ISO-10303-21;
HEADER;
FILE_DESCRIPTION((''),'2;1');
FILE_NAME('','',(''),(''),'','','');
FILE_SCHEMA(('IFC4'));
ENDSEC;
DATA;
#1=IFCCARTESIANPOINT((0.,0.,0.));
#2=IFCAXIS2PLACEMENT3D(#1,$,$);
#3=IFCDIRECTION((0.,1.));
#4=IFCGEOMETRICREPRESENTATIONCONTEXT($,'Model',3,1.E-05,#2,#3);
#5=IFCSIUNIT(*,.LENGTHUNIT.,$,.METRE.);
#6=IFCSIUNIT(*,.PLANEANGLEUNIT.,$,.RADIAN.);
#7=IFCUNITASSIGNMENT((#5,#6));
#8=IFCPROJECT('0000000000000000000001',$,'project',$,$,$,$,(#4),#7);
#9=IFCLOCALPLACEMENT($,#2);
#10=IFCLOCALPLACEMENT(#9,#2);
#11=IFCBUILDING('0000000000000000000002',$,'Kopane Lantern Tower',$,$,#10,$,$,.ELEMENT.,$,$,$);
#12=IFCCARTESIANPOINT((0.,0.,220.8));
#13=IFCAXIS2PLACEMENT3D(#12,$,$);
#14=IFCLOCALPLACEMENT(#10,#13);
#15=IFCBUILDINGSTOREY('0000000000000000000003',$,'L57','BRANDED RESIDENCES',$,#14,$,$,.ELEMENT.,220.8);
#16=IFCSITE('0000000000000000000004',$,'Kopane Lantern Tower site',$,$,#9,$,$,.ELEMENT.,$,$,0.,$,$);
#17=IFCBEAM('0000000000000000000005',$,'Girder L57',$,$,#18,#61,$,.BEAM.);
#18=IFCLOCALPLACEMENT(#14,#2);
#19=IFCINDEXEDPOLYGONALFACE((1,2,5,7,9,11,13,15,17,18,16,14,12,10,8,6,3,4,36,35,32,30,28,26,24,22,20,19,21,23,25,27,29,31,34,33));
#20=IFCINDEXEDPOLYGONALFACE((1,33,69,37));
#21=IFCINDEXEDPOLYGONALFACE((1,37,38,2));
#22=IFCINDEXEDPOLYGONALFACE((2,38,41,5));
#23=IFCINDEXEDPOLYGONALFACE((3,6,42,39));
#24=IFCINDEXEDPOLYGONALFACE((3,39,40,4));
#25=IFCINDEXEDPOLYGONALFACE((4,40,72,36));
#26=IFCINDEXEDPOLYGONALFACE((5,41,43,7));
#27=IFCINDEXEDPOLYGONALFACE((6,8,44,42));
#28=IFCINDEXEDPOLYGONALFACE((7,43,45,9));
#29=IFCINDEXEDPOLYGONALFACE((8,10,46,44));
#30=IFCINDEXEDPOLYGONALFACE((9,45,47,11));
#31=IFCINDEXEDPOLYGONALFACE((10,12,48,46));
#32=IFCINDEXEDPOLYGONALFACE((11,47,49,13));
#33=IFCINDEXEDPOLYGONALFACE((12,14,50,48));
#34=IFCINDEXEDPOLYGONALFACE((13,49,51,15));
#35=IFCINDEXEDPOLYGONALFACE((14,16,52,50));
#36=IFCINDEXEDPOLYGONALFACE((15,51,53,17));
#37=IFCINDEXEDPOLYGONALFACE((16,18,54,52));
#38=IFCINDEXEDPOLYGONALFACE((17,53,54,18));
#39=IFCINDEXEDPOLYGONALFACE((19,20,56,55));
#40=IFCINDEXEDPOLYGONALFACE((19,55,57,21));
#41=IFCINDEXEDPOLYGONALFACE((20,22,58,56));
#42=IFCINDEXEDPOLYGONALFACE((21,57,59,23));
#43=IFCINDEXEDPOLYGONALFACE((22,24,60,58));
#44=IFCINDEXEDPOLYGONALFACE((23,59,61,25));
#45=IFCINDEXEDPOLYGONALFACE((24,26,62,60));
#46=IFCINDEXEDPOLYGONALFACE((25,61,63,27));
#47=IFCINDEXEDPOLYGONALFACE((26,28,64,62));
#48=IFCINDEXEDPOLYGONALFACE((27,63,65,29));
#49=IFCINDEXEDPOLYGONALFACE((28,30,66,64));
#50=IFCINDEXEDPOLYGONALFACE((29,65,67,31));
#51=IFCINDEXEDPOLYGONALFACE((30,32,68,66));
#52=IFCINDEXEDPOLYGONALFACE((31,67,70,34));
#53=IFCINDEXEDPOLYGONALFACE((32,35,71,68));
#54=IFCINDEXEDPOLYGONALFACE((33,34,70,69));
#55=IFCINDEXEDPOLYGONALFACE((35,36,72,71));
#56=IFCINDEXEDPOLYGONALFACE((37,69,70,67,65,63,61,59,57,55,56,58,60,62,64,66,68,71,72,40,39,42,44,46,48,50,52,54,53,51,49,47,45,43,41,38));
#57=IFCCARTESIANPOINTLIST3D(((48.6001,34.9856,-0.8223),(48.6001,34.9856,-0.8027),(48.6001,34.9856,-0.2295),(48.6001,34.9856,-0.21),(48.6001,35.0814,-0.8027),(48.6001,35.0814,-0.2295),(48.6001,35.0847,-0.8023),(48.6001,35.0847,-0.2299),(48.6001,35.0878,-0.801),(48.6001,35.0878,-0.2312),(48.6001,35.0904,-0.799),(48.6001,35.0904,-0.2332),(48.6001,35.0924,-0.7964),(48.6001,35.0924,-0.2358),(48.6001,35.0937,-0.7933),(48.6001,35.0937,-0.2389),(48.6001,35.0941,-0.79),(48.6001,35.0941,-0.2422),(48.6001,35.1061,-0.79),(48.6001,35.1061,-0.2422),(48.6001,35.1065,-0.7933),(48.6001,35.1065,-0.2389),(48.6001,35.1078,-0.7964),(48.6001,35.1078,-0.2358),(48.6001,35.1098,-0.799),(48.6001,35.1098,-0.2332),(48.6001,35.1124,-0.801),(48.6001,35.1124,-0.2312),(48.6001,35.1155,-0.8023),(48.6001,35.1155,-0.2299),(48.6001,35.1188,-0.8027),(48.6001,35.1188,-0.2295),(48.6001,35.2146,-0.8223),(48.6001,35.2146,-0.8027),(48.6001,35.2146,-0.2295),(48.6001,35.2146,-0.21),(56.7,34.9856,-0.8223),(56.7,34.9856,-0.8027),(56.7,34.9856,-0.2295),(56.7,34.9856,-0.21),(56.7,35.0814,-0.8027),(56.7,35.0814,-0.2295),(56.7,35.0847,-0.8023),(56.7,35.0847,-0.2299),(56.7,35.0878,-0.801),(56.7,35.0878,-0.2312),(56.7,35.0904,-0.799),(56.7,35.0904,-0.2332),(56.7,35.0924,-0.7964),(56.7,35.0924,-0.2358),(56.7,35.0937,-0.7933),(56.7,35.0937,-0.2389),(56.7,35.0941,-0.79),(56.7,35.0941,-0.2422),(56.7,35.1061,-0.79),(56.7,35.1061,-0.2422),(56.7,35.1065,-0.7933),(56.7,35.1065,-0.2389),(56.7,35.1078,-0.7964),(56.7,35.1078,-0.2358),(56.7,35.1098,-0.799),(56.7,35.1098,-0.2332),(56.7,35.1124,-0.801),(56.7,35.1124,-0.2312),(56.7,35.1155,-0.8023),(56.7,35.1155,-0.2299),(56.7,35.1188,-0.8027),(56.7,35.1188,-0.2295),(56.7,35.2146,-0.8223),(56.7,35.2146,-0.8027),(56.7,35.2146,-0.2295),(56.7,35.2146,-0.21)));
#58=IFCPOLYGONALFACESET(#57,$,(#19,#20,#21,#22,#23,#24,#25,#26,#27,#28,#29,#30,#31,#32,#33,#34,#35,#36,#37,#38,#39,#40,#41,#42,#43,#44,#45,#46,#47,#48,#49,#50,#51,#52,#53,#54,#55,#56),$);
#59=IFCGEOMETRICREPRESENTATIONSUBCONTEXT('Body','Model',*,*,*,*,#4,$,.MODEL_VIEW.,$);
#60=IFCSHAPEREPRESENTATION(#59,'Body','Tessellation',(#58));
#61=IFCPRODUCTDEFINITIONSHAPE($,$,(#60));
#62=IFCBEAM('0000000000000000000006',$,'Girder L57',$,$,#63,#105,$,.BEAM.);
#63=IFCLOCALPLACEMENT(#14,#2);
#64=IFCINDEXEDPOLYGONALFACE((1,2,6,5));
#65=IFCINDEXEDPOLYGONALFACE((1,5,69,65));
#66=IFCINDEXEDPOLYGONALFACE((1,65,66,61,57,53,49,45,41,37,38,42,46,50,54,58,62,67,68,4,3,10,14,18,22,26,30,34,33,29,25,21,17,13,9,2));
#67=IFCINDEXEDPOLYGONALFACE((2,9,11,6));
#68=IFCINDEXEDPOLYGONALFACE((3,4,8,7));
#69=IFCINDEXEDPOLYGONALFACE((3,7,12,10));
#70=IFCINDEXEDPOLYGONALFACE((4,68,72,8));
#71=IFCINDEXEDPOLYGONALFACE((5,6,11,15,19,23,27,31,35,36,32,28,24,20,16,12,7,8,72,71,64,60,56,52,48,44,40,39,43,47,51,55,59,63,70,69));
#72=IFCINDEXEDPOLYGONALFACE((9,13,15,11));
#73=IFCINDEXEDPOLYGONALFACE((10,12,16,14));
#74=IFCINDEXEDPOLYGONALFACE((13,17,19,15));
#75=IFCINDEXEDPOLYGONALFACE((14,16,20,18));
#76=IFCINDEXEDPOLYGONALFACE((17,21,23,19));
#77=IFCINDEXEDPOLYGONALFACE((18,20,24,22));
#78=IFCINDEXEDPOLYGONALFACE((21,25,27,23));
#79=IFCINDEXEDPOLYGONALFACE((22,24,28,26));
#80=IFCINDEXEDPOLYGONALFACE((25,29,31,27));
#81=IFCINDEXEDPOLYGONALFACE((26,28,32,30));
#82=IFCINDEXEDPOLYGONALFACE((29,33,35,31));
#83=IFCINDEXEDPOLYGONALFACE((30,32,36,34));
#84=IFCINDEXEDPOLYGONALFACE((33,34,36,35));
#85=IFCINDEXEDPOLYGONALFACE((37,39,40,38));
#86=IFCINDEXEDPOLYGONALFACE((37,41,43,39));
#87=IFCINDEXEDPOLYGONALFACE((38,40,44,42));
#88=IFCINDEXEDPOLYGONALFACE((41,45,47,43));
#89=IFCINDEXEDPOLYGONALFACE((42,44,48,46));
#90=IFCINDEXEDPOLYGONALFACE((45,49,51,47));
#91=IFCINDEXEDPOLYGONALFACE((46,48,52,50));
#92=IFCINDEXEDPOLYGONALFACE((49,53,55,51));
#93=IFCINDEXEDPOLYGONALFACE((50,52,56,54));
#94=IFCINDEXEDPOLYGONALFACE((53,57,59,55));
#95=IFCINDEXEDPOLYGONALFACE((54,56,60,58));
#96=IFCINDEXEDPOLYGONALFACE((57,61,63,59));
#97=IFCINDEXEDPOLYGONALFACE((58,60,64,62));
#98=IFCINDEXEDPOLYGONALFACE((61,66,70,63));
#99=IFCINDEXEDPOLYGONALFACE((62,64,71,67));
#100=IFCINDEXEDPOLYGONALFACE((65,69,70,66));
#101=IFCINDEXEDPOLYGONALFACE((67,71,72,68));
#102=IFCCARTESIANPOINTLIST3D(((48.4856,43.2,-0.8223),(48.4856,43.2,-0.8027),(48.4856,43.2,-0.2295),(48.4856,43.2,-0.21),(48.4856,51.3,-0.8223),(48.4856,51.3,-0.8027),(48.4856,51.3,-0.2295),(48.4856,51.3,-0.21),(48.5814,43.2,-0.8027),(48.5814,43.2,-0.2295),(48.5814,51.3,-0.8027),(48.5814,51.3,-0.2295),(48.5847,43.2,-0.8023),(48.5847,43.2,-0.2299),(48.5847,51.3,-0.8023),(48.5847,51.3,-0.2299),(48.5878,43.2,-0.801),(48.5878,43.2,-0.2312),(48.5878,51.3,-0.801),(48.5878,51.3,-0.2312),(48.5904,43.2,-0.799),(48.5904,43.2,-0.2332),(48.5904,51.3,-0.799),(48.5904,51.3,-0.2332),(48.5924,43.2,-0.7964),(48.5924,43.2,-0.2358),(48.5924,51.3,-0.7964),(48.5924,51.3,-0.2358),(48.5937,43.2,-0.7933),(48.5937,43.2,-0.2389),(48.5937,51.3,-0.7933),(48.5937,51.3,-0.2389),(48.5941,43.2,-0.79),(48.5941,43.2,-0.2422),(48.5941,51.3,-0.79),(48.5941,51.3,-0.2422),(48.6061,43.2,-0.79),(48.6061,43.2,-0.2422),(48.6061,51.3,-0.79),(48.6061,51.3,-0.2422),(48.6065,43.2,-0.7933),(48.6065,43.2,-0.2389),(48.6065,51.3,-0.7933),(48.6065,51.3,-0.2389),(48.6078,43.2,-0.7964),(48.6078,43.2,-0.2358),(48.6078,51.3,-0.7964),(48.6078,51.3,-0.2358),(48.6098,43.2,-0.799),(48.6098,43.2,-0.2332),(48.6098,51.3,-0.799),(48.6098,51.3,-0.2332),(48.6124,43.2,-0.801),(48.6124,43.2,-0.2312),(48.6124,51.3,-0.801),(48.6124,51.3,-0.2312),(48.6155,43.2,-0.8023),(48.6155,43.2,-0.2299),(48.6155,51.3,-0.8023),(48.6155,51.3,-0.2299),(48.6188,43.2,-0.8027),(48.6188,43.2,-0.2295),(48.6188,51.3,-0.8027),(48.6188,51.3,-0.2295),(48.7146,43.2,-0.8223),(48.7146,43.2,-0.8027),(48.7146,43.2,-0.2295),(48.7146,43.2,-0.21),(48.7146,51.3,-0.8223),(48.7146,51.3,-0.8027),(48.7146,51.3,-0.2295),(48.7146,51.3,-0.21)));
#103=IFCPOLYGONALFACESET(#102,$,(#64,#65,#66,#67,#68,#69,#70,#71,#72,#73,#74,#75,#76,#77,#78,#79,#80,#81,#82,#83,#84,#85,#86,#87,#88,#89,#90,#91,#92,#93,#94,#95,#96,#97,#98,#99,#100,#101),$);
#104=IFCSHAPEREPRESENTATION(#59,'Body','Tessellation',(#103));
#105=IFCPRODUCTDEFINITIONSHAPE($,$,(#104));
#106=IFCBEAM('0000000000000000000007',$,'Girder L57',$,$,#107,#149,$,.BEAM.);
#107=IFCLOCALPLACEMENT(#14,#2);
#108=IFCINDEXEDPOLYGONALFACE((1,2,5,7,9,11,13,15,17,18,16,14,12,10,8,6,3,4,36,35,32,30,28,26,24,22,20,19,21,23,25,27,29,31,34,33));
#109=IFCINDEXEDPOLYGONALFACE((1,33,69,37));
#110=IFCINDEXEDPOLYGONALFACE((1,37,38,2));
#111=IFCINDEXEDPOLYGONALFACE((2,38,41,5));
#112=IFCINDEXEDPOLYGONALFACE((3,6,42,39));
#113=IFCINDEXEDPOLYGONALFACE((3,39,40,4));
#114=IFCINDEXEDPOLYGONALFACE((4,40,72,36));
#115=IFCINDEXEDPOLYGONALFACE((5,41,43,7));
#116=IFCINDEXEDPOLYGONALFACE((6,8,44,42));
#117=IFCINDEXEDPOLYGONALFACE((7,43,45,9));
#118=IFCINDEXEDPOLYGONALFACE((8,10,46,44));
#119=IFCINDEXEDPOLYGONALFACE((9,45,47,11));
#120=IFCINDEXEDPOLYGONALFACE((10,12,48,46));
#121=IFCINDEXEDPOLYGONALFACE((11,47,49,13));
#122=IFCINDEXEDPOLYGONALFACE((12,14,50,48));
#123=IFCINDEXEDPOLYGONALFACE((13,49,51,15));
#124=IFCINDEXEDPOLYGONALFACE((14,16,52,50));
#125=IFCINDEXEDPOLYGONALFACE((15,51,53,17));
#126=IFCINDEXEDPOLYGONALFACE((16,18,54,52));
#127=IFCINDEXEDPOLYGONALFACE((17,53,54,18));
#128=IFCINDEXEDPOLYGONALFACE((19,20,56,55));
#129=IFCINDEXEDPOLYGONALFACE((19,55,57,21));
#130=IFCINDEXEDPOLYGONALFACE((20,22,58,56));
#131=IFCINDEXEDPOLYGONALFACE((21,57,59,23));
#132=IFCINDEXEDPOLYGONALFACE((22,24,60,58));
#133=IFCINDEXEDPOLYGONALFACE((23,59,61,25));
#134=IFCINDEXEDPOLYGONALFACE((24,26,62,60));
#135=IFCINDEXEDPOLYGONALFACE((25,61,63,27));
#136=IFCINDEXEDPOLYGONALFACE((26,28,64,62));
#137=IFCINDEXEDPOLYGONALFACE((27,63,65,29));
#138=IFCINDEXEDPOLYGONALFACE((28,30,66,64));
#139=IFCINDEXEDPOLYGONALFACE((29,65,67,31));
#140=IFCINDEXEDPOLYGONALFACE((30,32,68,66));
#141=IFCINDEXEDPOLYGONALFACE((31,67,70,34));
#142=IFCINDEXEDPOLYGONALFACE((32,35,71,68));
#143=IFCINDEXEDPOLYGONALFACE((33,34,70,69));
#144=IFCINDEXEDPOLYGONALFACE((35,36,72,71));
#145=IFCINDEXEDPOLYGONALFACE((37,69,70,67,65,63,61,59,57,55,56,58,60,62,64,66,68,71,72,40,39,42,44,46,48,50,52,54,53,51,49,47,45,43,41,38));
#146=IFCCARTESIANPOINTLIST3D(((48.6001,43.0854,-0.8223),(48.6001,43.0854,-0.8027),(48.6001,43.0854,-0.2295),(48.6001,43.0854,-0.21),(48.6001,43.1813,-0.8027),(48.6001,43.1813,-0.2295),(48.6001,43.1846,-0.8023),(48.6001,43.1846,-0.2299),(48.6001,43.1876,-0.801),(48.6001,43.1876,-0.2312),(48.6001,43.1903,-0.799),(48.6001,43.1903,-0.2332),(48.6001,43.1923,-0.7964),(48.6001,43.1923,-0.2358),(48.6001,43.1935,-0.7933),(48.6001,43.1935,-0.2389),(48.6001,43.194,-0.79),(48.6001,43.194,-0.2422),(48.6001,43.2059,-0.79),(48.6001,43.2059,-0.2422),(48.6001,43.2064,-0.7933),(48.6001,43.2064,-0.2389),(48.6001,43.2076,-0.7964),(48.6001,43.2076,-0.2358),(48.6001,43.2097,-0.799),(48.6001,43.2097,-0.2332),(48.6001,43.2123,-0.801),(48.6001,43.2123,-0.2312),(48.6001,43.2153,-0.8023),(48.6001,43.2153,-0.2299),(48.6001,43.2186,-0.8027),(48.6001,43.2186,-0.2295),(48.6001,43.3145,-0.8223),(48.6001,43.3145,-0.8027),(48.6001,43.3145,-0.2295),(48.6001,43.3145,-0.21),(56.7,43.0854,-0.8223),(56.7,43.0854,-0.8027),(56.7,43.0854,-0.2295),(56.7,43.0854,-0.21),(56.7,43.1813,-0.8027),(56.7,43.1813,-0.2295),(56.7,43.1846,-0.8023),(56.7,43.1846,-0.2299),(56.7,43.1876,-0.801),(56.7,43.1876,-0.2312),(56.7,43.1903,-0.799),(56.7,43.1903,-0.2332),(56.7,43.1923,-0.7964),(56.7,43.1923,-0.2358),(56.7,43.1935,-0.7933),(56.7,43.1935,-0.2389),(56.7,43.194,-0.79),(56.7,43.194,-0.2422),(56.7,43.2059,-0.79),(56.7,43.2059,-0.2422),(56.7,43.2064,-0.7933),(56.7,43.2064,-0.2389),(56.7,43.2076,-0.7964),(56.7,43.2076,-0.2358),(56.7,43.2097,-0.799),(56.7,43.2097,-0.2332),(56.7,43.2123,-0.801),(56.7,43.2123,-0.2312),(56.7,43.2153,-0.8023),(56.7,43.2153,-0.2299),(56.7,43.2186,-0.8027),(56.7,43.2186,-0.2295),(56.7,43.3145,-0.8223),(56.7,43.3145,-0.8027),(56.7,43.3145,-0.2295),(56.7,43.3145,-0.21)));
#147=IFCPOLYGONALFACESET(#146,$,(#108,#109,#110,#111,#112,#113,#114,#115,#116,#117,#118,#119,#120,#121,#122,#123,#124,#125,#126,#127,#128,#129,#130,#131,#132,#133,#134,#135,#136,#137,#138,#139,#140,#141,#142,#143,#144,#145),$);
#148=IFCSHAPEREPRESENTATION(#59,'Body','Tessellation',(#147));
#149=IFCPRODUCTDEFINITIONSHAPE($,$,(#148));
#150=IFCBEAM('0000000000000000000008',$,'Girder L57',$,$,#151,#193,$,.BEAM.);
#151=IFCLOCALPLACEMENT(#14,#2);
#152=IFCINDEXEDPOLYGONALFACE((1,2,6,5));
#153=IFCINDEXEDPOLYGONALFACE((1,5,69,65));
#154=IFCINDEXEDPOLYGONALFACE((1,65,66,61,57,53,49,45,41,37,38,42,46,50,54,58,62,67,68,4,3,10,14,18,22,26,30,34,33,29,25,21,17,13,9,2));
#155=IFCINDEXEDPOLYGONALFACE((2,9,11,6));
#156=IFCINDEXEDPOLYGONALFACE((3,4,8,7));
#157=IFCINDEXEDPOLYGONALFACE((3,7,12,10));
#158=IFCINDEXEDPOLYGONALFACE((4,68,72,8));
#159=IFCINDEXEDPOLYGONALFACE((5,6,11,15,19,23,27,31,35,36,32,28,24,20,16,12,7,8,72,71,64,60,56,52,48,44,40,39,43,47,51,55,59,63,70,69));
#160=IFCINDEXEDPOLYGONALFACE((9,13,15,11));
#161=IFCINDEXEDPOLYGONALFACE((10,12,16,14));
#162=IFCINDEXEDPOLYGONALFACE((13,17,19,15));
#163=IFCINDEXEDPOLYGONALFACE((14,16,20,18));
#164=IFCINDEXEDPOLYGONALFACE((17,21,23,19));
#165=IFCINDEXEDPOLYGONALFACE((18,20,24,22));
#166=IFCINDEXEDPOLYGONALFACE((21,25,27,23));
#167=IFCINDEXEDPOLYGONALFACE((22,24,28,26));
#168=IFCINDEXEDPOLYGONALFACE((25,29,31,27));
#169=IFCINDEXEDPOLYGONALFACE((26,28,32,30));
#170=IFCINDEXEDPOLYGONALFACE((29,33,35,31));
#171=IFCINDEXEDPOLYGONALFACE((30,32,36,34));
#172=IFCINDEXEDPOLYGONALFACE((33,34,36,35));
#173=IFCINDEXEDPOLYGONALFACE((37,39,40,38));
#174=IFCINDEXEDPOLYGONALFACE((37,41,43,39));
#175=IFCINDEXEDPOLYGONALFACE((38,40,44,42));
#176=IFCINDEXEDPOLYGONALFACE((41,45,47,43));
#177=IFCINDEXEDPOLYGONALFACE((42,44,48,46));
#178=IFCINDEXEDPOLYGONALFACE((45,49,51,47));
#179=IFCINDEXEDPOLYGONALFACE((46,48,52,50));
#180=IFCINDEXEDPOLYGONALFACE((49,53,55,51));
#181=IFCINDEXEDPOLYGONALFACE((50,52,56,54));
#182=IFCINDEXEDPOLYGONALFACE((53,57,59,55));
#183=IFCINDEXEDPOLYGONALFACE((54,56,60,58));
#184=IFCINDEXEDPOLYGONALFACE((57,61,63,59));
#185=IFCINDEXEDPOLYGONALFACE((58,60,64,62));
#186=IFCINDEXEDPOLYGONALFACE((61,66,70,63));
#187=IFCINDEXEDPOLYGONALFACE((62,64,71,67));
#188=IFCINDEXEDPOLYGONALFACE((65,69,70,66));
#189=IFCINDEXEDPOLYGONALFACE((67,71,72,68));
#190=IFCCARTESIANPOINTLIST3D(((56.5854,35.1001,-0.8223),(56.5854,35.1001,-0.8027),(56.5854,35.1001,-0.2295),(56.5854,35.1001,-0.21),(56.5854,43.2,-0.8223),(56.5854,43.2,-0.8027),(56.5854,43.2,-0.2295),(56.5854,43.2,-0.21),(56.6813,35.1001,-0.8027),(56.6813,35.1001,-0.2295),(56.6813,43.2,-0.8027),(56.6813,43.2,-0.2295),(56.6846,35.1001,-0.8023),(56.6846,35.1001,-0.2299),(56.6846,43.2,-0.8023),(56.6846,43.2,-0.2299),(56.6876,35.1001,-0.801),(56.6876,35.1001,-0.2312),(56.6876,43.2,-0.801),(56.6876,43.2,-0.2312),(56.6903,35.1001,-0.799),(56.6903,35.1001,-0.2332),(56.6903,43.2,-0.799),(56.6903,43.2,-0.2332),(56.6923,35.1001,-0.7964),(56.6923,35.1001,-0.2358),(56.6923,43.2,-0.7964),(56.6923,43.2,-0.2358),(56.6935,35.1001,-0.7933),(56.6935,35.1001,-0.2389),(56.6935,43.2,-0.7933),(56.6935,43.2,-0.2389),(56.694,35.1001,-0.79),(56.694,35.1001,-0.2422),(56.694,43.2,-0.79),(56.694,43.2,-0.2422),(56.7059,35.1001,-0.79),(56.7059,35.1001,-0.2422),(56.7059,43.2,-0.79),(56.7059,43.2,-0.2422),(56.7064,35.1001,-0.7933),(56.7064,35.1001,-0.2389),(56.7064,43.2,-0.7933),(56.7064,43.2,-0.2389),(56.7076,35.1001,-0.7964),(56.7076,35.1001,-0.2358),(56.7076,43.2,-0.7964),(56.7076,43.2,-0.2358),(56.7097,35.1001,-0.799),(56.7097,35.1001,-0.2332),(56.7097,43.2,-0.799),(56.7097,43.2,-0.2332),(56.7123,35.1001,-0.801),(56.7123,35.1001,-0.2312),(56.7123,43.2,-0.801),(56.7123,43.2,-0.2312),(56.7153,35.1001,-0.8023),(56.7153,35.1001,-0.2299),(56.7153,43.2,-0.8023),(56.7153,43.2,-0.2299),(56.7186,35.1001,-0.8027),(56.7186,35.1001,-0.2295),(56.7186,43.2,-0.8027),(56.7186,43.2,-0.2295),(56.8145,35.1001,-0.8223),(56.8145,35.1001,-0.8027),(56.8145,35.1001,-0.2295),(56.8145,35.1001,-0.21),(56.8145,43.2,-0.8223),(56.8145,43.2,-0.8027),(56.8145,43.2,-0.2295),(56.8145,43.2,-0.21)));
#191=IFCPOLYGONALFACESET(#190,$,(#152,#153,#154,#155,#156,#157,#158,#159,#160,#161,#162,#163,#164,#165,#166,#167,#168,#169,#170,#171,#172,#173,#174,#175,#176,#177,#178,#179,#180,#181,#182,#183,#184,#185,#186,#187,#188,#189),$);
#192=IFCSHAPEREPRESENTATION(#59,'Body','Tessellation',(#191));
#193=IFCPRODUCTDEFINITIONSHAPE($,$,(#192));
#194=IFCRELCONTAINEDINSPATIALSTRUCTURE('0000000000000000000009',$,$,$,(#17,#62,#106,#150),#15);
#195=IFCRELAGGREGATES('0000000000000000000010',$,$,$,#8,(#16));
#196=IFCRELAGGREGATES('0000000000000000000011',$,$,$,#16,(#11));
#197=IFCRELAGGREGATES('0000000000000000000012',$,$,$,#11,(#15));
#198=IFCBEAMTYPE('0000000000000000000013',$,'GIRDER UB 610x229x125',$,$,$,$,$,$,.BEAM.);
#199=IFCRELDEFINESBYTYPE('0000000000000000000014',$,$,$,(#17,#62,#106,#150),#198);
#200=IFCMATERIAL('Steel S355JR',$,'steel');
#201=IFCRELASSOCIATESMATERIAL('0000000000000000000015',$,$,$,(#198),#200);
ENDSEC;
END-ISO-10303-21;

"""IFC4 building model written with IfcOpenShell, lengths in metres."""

from ifc_helpers import new_model, si_unit, direction, frame, origin, origin_2d, place, context, subcontext, project, spatial, i_section, extrude, material, material_profile, profile_set, type_object, element, save


model = new_model("IFC4")

# Units and contexts
model_context = context("Model", 3, precision=1e-05, world=origin(), true_north=direction((0.0, 1.0)))
body_context = subcontext(model_context, "Body", "Model", "MODEL_VIEW")
ifc_project = project(units=[si_unit("LENGTHUNIT", "METRE"), si_unit("PLANEANGLEUNIT", "RADIAN")], contexts=[model_context])

# Site, building, storey
site_placement = place(None, origin())
site = spatial("IfcSite", under=ifc_project, at=site_placement, Name="Kopane Lantern Tower site", CompositionType="ELEMENT", RefElevation=0.0)
building_placement = place(site_placement, origin())
building = spatial("IfcBuilding", under=site, at=building_placement, Name="Kopane Lantern Tower", CompositionType="ELEMENT")
storey_placement = place(building_placement, frame((0.0, 0.0, 220.8)))
storey = spatial("IfcBuildingStorey", under=building, at=storey_placement, Name="L57", Description="BRANDED RESIDENCES", CompositionType="ELEMENT", Elevation=220.8)

# Beams
ifc_material_1 = material(Name="Steel S355JR", Category="steel")
ifc_material_profile_1 = material_profile(ifc_material_1, i_section(OverallWidth=0.229, OverallDepth=0.6123, WebThickness=0.012, FlangeThickness=0.0195, FilletRadius=0.0127, at=origin_2d()), Name="UB 610x229x125")
ifc_profile_set_1 = profile_set([ifc_material_profile_1], Name="Steel S355JR")
beam_type = type_object("IfcBeamType", Name="GIRDER UB 610x229x125", PredefinedType="BEAM", material=ifc_profile_set_1)
for number, where, z_axis, x_axis, name in (
    (1, (48.6001, 35.1001, -0.5161), (1.0, 0.0, 0.0), (0.0, 1.0, 0.0), "Girder L57"),
):
    element("IfcBeam", number, at=place(storey_placement, frame(where, z_axis=z_axis, x_axis=x_axis)), inside=storey, type_object=beam_type, Name=name, PredefinedType="BEAM", context=body_context, shape_type="SweptSolid", body=[
        extrude(i_section(OverallWidth=0.229, OverallDepth=0.6123, WebThickness=0.012, FlangeThickness=0.0195, FilletRadius=0.0127, at=origin_2d()), origin(), (0.0, 0.0, 1.0), 8.0999),
    ])
beam_placement = place(storey_placement, frame((48.6001, 43.2, -0.5161), z_axis=(0.0, 1.0, 0.0), x_axis=(-1.0, 0.0, 0.0)))
element("IfcBeam", 2, at=beam_placement, inside=storey, type_object=beam_type, Name="Girder L57", PredefinedType="BEAM", context=body_context, shape_type="SweptSolid", body=[
    extrude(i_section(OverallWidth=0.229, OverallDepth=0.6123, WebThickness=0.012, FlangeThickness=0.0195, FilletRadius=0.0127, at=origin_2d()), origin(), (0.0, 0.0, 1.0), 8.1001),
])
for number, where, z_axis, x_axis, name in (
    (3, (48.6001, 43.2, -0.5161), (1.0, 0.0, 0.0), (0.0, 1.0, 0.0), "Girder L57"),
    (4, (56.7, 35.1001, -0.5161), (0.0, 1.0, 0.0), (-1.0, 0.0, 0.0), "Girder L57"),
):
    element("IfcBeam", number, at=place(storey_placement, frame(where, z_axis=z_axis, x_axis=x_axis)), inside=storey, type_object=beam_type, Name=name, PredefinedType="BEAM", context=body_context, shape_type="SweptSolid", body=[
        extrude(i_section(OverallWidth=0.229, OverallDepth=0.6123, WebThickness=0.012, FlangeThickness=0.0195, FilletRadius=0.0127, at=origin_2d()), origin(), (0.0, 0.0, 1.0), 8.0999),
    ])

save(model, "model.ifc")
